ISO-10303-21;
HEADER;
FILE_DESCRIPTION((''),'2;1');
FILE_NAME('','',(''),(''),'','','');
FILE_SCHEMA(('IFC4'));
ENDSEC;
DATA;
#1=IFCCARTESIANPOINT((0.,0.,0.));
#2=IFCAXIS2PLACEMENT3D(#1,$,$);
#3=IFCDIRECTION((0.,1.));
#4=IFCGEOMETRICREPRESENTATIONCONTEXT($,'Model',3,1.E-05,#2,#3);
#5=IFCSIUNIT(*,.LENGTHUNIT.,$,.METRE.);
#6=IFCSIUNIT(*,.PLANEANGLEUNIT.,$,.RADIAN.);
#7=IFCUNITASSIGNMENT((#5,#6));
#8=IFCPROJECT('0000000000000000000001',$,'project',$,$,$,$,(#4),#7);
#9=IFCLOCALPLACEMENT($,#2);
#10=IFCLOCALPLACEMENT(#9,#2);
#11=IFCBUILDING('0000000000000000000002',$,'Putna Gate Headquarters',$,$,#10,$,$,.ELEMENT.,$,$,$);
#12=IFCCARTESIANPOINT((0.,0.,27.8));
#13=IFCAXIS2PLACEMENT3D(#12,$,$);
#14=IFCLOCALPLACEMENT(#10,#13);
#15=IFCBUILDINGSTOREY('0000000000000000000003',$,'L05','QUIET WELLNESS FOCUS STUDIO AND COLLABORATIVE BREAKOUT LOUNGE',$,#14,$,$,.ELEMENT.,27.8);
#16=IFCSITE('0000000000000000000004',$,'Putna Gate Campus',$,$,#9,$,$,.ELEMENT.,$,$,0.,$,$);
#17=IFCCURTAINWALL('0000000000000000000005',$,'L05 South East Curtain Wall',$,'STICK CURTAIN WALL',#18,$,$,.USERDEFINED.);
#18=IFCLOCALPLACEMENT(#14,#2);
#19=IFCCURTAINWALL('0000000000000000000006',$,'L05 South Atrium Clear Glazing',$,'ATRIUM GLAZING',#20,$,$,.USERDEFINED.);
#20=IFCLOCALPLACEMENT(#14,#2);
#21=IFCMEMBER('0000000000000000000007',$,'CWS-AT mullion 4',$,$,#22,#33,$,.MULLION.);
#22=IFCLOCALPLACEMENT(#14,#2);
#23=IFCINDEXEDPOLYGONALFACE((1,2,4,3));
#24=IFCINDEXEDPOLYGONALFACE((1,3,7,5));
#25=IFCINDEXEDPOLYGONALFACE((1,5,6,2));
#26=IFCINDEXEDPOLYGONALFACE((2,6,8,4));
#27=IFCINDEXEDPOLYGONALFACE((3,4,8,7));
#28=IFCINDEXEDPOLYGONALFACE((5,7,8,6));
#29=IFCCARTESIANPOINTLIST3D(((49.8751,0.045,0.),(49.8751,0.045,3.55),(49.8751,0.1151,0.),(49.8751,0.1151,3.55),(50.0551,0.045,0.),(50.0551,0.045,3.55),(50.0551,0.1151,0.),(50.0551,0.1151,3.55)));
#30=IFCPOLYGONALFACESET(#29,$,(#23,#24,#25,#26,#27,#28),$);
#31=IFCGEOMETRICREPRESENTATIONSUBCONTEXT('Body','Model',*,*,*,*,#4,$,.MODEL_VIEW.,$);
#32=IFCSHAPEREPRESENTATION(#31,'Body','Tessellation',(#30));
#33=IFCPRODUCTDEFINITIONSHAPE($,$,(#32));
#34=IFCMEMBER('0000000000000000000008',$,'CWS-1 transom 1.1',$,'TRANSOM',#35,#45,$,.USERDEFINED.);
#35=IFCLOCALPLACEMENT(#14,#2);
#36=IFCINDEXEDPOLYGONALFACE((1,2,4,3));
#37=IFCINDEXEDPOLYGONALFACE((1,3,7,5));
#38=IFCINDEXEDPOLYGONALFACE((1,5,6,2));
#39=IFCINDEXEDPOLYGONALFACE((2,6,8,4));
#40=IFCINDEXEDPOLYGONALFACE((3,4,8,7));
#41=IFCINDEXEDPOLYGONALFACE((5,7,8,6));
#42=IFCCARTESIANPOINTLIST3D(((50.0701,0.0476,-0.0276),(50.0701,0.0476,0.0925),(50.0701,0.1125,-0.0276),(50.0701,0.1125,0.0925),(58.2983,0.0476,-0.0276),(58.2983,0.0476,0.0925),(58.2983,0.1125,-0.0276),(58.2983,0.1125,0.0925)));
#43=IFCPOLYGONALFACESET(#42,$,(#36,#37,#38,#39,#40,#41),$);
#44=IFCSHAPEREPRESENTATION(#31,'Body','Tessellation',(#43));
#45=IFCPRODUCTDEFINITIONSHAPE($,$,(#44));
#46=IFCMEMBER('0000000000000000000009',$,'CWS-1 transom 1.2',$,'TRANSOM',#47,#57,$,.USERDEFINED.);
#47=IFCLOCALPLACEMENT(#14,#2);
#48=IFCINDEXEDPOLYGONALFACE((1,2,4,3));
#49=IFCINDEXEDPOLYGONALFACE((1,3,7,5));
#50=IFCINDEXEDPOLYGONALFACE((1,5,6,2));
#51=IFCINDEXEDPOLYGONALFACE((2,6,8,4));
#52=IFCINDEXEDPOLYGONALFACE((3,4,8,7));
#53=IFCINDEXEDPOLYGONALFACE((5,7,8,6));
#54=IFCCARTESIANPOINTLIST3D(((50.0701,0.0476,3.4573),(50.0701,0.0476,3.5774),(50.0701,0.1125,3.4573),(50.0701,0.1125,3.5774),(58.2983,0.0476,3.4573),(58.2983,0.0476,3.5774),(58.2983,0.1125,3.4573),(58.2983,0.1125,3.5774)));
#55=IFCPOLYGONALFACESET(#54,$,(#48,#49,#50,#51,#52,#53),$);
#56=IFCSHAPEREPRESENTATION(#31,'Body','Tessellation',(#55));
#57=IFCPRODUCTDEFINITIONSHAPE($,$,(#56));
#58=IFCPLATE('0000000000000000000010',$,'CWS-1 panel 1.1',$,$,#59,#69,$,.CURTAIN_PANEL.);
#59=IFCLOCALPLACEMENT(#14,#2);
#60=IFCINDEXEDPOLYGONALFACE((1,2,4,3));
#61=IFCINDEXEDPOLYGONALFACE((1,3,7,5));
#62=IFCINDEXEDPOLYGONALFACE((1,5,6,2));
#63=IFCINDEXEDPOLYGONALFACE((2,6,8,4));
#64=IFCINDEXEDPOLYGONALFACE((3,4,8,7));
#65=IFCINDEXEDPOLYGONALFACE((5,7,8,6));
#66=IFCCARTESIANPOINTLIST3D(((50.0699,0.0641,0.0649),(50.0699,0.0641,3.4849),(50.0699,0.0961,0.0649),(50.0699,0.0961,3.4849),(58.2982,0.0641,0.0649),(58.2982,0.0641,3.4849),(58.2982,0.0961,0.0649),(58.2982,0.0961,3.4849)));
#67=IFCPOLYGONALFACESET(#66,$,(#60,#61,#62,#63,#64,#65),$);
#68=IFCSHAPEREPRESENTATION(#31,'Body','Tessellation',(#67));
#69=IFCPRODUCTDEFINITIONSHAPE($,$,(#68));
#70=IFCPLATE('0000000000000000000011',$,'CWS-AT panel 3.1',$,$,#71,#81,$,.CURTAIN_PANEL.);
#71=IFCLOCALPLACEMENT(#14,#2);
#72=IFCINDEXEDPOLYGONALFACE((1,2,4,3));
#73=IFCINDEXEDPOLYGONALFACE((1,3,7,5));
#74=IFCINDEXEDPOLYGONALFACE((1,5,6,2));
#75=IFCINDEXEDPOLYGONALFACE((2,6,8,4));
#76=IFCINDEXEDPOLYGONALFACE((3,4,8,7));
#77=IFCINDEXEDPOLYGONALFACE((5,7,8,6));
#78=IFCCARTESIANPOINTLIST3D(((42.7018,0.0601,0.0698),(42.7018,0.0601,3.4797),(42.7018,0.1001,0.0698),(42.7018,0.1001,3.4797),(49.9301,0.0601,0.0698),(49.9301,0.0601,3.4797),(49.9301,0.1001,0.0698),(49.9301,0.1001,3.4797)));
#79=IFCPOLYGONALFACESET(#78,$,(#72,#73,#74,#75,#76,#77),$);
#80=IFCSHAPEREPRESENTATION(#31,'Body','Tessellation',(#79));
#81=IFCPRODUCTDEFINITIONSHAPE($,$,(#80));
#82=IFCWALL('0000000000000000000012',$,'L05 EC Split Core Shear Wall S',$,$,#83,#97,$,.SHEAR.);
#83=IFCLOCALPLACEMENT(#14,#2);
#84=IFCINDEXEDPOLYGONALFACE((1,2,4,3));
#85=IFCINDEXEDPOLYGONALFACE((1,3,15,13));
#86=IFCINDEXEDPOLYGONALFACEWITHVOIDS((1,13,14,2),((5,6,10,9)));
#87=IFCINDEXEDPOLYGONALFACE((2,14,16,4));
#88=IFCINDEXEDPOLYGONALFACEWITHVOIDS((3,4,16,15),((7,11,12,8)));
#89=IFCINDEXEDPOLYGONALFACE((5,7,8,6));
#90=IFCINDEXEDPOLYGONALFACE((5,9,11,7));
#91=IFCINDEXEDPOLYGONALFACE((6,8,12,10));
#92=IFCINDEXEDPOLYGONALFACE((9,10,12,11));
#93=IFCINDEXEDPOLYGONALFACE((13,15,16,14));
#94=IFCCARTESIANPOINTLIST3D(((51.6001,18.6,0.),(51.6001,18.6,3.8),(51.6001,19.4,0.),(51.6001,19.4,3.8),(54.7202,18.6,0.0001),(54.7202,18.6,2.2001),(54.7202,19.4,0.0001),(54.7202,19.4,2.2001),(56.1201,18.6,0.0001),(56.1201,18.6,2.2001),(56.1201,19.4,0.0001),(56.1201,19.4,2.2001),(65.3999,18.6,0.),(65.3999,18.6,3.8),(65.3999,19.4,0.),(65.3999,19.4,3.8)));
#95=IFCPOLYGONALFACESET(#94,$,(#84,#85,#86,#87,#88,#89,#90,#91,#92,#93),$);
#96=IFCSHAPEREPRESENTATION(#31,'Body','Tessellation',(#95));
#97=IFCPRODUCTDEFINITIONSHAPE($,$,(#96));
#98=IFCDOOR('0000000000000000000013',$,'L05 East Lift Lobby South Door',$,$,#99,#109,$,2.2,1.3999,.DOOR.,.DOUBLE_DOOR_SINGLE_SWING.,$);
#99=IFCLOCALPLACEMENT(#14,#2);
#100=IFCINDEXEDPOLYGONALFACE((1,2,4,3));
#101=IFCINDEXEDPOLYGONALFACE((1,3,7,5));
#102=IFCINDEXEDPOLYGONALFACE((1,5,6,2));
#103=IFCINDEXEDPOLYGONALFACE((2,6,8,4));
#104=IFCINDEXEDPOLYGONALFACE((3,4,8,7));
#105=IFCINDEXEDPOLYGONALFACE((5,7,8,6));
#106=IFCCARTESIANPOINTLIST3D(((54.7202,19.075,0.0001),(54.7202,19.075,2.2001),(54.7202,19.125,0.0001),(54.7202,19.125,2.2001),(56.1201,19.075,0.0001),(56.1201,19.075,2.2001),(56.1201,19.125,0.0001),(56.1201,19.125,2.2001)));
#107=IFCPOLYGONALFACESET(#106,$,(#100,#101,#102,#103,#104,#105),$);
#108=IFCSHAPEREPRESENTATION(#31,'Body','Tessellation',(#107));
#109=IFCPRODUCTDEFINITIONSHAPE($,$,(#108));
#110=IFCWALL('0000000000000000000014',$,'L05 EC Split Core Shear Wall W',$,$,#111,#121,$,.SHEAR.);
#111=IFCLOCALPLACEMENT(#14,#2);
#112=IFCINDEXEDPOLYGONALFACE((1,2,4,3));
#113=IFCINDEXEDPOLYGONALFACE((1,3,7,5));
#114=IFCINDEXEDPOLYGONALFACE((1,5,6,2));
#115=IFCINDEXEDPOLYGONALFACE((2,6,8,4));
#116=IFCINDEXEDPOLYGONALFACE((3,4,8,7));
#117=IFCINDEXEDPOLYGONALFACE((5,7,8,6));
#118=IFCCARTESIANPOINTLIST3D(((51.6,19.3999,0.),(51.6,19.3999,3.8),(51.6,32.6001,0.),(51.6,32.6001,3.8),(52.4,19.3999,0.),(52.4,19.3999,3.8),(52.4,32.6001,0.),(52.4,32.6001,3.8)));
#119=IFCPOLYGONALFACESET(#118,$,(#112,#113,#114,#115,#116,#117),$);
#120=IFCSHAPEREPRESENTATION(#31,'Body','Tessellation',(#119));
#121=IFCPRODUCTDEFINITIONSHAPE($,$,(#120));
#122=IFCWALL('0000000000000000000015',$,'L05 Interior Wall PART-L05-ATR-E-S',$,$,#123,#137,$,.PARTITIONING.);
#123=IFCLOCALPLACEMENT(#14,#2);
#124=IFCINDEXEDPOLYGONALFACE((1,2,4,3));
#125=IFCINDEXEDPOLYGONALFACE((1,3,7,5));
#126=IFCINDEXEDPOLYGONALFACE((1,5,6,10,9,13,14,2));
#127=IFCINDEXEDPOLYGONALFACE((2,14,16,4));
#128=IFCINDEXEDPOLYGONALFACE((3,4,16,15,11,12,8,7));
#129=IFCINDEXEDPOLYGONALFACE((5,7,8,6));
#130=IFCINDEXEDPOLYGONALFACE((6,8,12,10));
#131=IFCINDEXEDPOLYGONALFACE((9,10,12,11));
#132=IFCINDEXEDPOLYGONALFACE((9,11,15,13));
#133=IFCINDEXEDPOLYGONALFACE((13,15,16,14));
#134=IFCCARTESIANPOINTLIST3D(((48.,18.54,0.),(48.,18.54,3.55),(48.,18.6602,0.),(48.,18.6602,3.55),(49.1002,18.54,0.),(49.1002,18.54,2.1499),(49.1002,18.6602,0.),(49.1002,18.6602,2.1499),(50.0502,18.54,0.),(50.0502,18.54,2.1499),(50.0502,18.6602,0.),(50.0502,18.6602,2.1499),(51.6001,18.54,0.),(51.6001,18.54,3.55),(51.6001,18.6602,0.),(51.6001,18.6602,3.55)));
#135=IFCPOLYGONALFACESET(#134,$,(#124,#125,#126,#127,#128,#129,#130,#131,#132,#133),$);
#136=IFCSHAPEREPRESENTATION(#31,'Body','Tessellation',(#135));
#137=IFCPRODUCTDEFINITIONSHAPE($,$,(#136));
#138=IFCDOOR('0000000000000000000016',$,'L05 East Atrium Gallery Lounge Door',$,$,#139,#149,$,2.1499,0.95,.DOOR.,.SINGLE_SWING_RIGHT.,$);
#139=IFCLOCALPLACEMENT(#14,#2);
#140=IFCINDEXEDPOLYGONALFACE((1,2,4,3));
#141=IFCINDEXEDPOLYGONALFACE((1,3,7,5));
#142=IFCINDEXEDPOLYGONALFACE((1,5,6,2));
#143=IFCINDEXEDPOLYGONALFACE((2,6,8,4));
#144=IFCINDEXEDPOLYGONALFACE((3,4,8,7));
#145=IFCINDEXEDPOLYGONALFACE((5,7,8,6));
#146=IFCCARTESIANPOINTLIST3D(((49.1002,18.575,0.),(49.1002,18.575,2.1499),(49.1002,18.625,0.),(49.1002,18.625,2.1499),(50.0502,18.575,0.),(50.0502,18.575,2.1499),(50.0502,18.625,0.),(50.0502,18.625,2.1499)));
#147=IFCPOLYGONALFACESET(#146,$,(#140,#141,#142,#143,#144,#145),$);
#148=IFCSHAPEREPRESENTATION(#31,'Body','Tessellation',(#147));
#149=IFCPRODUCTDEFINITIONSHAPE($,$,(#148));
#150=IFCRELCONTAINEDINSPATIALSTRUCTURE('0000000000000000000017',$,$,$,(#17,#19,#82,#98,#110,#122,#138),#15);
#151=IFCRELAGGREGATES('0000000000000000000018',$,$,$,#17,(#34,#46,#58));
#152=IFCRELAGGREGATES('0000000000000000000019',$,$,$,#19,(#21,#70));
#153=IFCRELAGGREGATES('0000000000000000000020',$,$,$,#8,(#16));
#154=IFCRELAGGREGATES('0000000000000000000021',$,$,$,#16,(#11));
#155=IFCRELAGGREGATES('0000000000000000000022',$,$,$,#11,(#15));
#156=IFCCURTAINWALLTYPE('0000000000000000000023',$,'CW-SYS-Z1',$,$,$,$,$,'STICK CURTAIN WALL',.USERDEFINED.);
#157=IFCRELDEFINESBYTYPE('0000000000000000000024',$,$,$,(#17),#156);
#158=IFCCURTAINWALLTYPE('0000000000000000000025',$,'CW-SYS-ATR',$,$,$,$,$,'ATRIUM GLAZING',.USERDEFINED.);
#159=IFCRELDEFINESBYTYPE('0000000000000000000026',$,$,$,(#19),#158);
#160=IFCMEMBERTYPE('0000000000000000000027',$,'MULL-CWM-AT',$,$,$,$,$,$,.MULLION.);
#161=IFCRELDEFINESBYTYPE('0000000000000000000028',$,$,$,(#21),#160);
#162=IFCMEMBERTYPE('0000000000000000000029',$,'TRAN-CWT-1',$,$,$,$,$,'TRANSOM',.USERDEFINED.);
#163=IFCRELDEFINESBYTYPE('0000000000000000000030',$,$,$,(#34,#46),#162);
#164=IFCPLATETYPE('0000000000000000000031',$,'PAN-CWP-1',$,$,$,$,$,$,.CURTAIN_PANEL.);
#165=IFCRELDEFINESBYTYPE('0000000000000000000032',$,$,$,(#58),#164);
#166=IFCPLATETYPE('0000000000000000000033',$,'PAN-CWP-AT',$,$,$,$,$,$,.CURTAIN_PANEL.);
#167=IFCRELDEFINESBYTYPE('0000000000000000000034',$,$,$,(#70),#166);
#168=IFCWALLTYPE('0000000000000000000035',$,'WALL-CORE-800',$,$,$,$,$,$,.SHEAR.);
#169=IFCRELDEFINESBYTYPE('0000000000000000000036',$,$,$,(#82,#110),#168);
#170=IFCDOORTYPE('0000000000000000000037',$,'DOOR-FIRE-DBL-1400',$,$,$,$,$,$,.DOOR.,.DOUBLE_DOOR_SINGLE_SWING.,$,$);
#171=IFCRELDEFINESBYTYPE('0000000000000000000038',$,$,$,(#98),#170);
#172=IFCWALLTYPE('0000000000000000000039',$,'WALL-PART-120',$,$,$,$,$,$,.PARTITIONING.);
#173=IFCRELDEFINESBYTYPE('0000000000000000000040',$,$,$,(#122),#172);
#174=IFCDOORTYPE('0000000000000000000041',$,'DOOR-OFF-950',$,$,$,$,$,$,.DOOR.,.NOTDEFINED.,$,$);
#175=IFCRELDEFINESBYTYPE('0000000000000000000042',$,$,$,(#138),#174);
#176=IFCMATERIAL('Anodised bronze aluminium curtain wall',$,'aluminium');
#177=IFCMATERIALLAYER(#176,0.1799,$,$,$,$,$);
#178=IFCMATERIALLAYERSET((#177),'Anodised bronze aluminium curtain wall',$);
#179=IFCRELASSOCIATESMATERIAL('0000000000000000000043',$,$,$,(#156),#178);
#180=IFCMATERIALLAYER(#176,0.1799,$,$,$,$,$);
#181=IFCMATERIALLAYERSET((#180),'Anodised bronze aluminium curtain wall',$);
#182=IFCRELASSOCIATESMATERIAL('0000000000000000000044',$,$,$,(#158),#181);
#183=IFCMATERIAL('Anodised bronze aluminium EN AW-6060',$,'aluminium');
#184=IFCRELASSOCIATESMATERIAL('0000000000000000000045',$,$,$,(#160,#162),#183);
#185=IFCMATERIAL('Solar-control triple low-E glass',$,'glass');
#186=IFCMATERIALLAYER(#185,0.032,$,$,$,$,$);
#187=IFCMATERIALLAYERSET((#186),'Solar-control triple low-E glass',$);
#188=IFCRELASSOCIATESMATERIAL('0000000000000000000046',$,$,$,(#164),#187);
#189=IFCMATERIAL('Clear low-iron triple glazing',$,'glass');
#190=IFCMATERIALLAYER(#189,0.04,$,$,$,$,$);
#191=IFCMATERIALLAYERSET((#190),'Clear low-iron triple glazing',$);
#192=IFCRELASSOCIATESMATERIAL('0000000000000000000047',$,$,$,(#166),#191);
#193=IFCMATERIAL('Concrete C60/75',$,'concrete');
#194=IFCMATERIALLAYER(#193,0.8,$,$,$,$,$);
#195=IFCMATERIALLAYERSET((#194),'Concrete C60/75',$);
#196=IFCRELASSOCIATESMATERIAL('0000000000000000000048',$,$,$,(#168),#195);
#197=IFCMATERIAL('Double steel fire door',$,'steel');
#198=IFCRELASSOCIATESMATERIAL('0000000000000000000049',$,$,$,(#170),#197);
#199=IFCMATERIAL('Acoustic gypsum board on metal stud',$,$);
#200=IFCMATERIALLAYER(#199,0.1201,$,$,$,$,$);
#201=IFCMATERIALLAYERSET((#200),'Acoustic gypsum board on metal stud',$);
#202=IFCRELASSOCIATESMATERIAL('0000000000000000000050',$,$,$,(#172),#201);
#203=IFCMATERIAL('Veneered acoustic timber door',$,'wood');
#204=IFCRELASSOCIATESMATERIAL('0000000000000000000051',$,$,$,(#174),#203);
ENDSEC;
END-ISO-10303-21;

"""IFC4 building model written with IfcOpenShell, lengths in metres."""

from ifc_helpers import new_model, si_unit, direction, frame, frame_2d, origin, origin_2d, place, context, subcontext, project, spatial, rectangle, extrude, material, layer, layer_set, material_profile, profile_set, type_object, element, fill, aggregate, save


model = new_model("IFC4")

# Units and contexts
model_context = context("Model", 3, precision=1e-05, world=origin(), true_north=direction((0.0, 1.0)))
body_context = subcontext(model_context, "Body", "Model", "MODEL_VIEW")
ifc_project = project(units=[si_unit("LENGTHUNIT", "METRE"), si_unit("PLANEANGLEUNIT", "RADIAN")], contexts=[model_context])

# Site, building, storey
site_placement = place(None, origin())
site = spatial("IfcSite", under=ifc_project, at=site_placement, Name="Putna Gate Campus", CompositionType="ELEMENT", RefElevation=0.0)
building_placement = place(site_placement, origin())
building = spatial("IfcBuilding", under=site, at=building_placement, Name="Putna Gate Headquarters", CompositionType="ELEMENT")
storey_placement = place(building_placement, frame((0.0, 0.0, 27.8)))
storey = spatial("IfcBuildingStorey", under=building, at=storey_placement, Name="L05", Description="QUIET WELLNESS FOCUS STUDIO AND COLLABORATIVE BREAKOUT LOUNGE", CompositionType="ELEMENT", Elevation=27.8)

# Shared definitions
ifc_material_1 = material(Name="Concrete C60/75", Category="concrete")

# Curtain walls, member
ifc_material_2 = material(Name="Anodised bronze aluminium curtain wall", Category="aluminium")
ifc_layer_1 = layer(ifc_material_2, 0.1799)
ifc_layer_set_1 = layer_set([ifc_layer_1], Name="Anodised bronze aluminium curtain wall")
curtain_wall_type_1 = type_object("IfcCurtainWallType", Name="CW-SYS-Z1", ElementType="STICK CURTAIN WALL", PredefinedType="USERDEFINED", material=ifc_layer_set_1)
curtain_wall_1_placement = place(storey_placement, origin())
curtain_wall_1 = element("IfcCurtainWall", 1, at=curtain_wall_1_placement, inside=storey, type_object=curtain_wall_type_1, Name="L05 South East Curtain Wall", ObjectType="STICK CURTAIN WALL", PredefinedType="USERDEFINED")
ifc_material_3 = material(Name="Anodised bronze aluminium EN AW-6060", Category="aluminium")
ifc_layer_2 = layer(ifc_material_2, 0.1799)
ifc_layer_set_2 = layer_set([ifc_layer_2], Name="Anodised bronze aluminium curtain wall")
curtain_wall_type_2 = type_object("IfcCurtainWallType", Name="CW-SYS-ATR", ElementType="ATRIUM GLAZING", PredefinedType="USERDEFINED", material=ifc_layer_set_2)
curtain_wall_2_placement = place(storey_placement, origin())
curtain_wall_2 = element("IfcCurtainWall", 2, at=curtain_wall_2_placement, inside=storey, type_object=curtain_wall_type_2, Name="L05 South Atrium Clear Glazing", ObjectType="ATRIUM GLAZING", PredefinedType="USERDEFINED")
ifc_material_profile_1 = material_profile(ifc_material_3, rectangle(XDim=0.0701, YDim=0.1799, at=origin_2d()), Name="Anodised bronze aluminium EN AW-6060")
ifc_profile_set_1 = profile_set([ifc_material_profile_1], Name="Anodised bronze aluminium EN AW-6060")
member_type_1 = type_object("IfcMemberType", Name="MULL-CWM-AT", PredefinedType="MULLION", material=ifc_profile_set_1)
member_1_placement = place(storey_placement, frame((49.9651, 0.0801, 0.0), z_axis=(0.0, 0.0, 1.0), x_axis=(0.0, 1.0, 0.0)))
member_1 = element("IfcMember", 3, at=member_1_placement, type_object=member_type_1, Name="CWS-AT mullion 4", PredefinedType="MULLION", context=body_context, shape_type="SweptSolid", body=[
    extrude(rectangle(XDim=0.0701, YDim=0.1799, at=origin_2d()), origin(), (0.0, 0.0, 1.0), 3.55),
])

# Members
ifc_material_profile_2 = material_profile(ifc_material_3, rectangle(XDim=0.0649, YDim=0.1201, at=origin_2d()), Name="Anodised bronze aluminium EN AW-6060")
ifc_profile_set_2 = profile_set([ifc_material_profile_2], Name="Anodised bronze aluminium EN AW-6060")
member_type_2 = type_object("IfcMemberType", Name="TRAN-CWT-1", ElementType="TRANSOM", PredefinedType="USERDEFINED", material=ifc_profile_set_2)
member_2_placement = place(storey_placement, frame((50.0701, 0.0801, 0.0325), z_axis=(1.0, 0.0, 0.0), x_axis=(0.0, 1.0, 0.0)))
member_2 = element("IfcMember", 4, at=member_2_placement, type_object=member_type_2, Name="CWS-1 transom 1.1", ObjectType="TRANSOM", PredefinedType="USERDEFINED", context=body_context, shape_type="SweptSolid", body=[
    extrude(rectangle(XDim=0.0649, YDim=0.1201, at=origin_2d()), origin(), (0.0, 0.0, 1.0), 8.2283),
])
member_3_placement = place(storey_placement, frame((50.0701, 0.0801, 3.5173), z_axis=(1.0, 0.0, 0.0), x_axis=(0.0, 1.0, 0.0)))
member_3 = element("IfcMember", 5, at=member_3_placement, type_object=member_type_2, Name="CWS-1 transom 1.2", ObjectType="TRANSOM", PredefinedType="USERDEFINED", context=body_context, shape_type="SweptSolid", body=[
    extrude(rectangle(XDim=0.0649, YDim=0.1201, at=origin_2d()), origin(), (0.0, 0.0, 1.0), 8.2283),
])

# Plates
ifc_material_4 = material(Name="Solar-control triple low-E glass", Category="glass")
ifc_layer_3 = layer(ifc_material_4, 0.032)
ifc_layer_set_3 = layer_set([ifc_layer_3], Name="Solar-control triple low-E glass")
plate_type_1 = type_object("IfcPlateType", Name="PAN-CWP-1", PredefinedType="CURTAIN_PANEL", material=ifc_layer_set_3)
plate_1_placement = place(storey_placement, frame((54.1841, 0.0801, 0.0649), z_axis=(0.0, 0.0, 1.0), x_axis=(1.0, 0.0, 0.0)))
plate_1 = element("IfcPlate", 6, at=plate_1_placement, type_object=plate_type_1, Name="CWS-1 panel 1.1", PredefinedType="CURTAIN_PANEL", context=body_context, shape_type="SweptSolid", body=[
    extrude(rectangle(XDim=8.2283, YDim=0.032, at=origin_2d()), origin(), (0.0, 0.0, 1.0), 3.4199),
])
aggregate(curtain_wall_1, [member_2, member_3, plate_1])
ifc_material_5 = material(Name="Clear low-iron triple glazing", Category="glass")
ifc_layer_4 = layer(ifc_material_5, 0.04)
ifc_layer_set_4 = layer_set([ifc_layer_4], Name="Clear low-iron triple glazing")
plate_type_2 = type_object("IfcPlateType", Name="PAN-CWP-AT", PredefinedType="CURTAIN_PANEL", material=ifc_layer_set_4)
plate_2_placement = place(storey_placement, frame((46.3159, 0.0801, 0.0698), z_axis=(0.0, 0.0, 1.0), x_axis=(1.0, 0.0, 0.0)))
plate_2 = element("IfcPlate", 7, at=plate_2_placement, type_object=plate_type_2, Name="CWS-AT panel 3.1", PredefinedType="CURTAIN_PANEL", context=body_context, shape_type="SweptSolid", body=[
    extrude(rectangle(XDim=7.2283, YDim=0.04, at=origin_2d()), origin(), (0.0, 0.0, 1.0), 3.4099),
])
aggregate(curtain_wall_2, [member_1, plate_2])

# Wall, opening, door
ifc_layer_5 = layer(ifc_material_1, 0.8)
ifc_layer_set_5 = layer_set([ifc_layer_5], Name="Concrete C60/75")
wall_type_1 = type_object("IfcWallType", Name="WALL-CORE-800", PredefinedType="SHEAR", material=ifc_layer_set_5)
wall_1_placement = place(storey_placement, frame((51.6001, 19.0, 0.0), z_axis=(0.0, 0.0, 1.0), x_axis=(1.0, 0.0, 0.0)))
wall_1 = element("IfcWall", 8, at=wall_1_placement, inside=storey, type_object=wall_type_1, Name="L05 EC Split Core Shear Wall S", PredefinedType="SHEAR", context=body_context, shape_type="SweptSolid", body=[
    extrude(rectangle(XDim=13.7998, YDim=0.8, at=frame_2d((6.8999, 0.0))), origin(), (0.0, 0.0, 1.0), 3.8),
])
opening_1_placement = place(wall_1_placement, frame((3.1201, 0.0, 0.0)))
opening_1 = element("IfcOpeningElement", 9, at=opening_1_placement, cuts=wall_1, PredefinedType="OPENING", context=body_context, shape_type="SweptSolid", body=[
    extrude(rectangle(XDim=1.3999, YDim=2.2, at=frame_2d((0.7, 1.1001))), frame((0.0, 0.4099, 0.0), z_axis=(0.0, -1.0, 0.0), x_axis=(1.0, 0.0, 0.0)), (0.0, 0.0, 1.0), 0.8201),
])
ifc_material_6 = material(Name="Double steel fire door", Category="steel")
door_type_1 = type_object("IfcDoorType", Name="DOOR-FIRE-DBL-1400", OperationType="DOUBLE_DOOR_SINGLE_SWING", PredefinedType="DOOR", material=ifc_material_6)
door_1_placement = place(opening_1_placement, origin())
door_1 = element("IfcDoor", 10, at=door_1_placement, inside=storey, type_object=door_type_1, Name="L05 East Lift Lobby South Door", OperationType="DOUBLE_DOOR_SINGLE_SWING", OverallHeight=2.2, OverallWidth=1.3999, PredefinedType="DOOR", context=body_context, shape_type="SweptSolid", body=[
    extrude(rectangle(XDim=1.3999, YDim=2.2, at=frame_2d((0.7, 1.1001))), frame((0.0, 0.125, 0.0), z_axis=(0.0, -1.0, 0.0), x_axis=(1.0, 0.0, 0.0)), (0.0, 0.0, 1.0), 0.05),
])
fill(opening_1, door_1)

# Wall
wall_2_placement = place(storey_placement, frame((52.0, 19.3999, 0.0), z_axis=(0.0, 0.0, 1.0), x_axis=(0.0, 1.0, 0.0)))
element("IfcWall", 11, at=wall_2_placement, inside=storey, type_object=wall_type_1, Name="L05 EC Split Core Shear Wall W", PredefinedType="SHEAR", context=body_context, shape_type="SweptSolid", body=[
    extrude(rectangle(XDim=13.2002, YDim=0.8, at=frame_2d((6.6001, 0.0))), origin(), (0.0, 0.0, 1.0), 3.8),
])

# Wall, opening, door
ifc_material_7 = material(Name="Acoustic gypsum board on metal stud")
ifc_layer_6 = layer(ifc_material_7, 0.1201)
ifc_layer_set_6 = layer_set([ifc_layer_6], Name="Acoustic gypsum board on metal stud")
wall_type_2 = type_object("IfcWallType", Name="WALL-PART-120", PredefinedType="PARTITIONING", material=ifc_layer_set_6)
wall_3_placement = place(storey_placement, frame((48.0, 18.6001, 0.0), z_axis=(0.0, 0.0, 1.0), x_axis=(1.0, 0.0, 0.0)))
wall_3 = element("IfcWall", 12, at=wall_3_placement, inside=storey, type_object=wall_type_2, Name="L05 Interior Wall PART-L05-ATR-E-S", PredefinedType="PARTITIONING", context=body_context, shape_type="SweptSolid", body=[
    extrude(rectangle(XDim=3.6001, YDim=0.1201, at=frame_2d((1.8, 0.0))), origin(), (0.0, 0.0, 1.0), 3.55),
])
opening_2_placement = place(wall_3_placement, frame((1.1001, 0.0, 0.0)))
opening_2 = element("IfcOpeningElement", 13, at=opening_2_placement, cuts=wall_3, PredefinedType="OPENING", context=body_context, shape_type="SweptSolid", body=[
    extrude(rectangle(XDim=0.95, YDim=2.1499, at=frame_2d((0.4751, 1.075))), frame((0.0, 0.0701, 0.0), z_axis=(0.0, -1.0, 0.0), x_axis=(1.0, 0.0, 0.0)), (0.0, 0.0, 1.0), 0.1401),
])
ifc_material_8 = material(Name="Veneered acoustic timber door", Category="wood")
door_type_2 = type_object("IfcDoorType", Name="DOOR-OFF-950", OperationType="NOTDEFINED", PredefinedType="DOOR", material=ifc_material_8)
door_2_placement = place(opening_2_placement, origin())
door_2 = element("IfcDoor", 14, at=door_2_placement, inside=storey, type_object=door_type_2, Name="L05 East Atrium Gallery Lounge Door", OperationType="SINGLE_SWING_RIGHT", OverallHeight=2.1499, OverallWidth=0.95, PredefinedType="DOOR", context=body_context, shape_type="SweptSolid", body=[
    extrude(rectangle(XDim=0.95, YDim=2.1499, at=frame_2d((0.4751, 1.075))), frame((0.0, 0.0249, 0.0), z_axis=(0.0, -1.0, 0.0), x_axis=(1.0, 0.0, 0.0)), (0.0, 0.0, 1.0), 0.05),
])
fill(opening_2, door_2)

save(model, "model.ifc")
